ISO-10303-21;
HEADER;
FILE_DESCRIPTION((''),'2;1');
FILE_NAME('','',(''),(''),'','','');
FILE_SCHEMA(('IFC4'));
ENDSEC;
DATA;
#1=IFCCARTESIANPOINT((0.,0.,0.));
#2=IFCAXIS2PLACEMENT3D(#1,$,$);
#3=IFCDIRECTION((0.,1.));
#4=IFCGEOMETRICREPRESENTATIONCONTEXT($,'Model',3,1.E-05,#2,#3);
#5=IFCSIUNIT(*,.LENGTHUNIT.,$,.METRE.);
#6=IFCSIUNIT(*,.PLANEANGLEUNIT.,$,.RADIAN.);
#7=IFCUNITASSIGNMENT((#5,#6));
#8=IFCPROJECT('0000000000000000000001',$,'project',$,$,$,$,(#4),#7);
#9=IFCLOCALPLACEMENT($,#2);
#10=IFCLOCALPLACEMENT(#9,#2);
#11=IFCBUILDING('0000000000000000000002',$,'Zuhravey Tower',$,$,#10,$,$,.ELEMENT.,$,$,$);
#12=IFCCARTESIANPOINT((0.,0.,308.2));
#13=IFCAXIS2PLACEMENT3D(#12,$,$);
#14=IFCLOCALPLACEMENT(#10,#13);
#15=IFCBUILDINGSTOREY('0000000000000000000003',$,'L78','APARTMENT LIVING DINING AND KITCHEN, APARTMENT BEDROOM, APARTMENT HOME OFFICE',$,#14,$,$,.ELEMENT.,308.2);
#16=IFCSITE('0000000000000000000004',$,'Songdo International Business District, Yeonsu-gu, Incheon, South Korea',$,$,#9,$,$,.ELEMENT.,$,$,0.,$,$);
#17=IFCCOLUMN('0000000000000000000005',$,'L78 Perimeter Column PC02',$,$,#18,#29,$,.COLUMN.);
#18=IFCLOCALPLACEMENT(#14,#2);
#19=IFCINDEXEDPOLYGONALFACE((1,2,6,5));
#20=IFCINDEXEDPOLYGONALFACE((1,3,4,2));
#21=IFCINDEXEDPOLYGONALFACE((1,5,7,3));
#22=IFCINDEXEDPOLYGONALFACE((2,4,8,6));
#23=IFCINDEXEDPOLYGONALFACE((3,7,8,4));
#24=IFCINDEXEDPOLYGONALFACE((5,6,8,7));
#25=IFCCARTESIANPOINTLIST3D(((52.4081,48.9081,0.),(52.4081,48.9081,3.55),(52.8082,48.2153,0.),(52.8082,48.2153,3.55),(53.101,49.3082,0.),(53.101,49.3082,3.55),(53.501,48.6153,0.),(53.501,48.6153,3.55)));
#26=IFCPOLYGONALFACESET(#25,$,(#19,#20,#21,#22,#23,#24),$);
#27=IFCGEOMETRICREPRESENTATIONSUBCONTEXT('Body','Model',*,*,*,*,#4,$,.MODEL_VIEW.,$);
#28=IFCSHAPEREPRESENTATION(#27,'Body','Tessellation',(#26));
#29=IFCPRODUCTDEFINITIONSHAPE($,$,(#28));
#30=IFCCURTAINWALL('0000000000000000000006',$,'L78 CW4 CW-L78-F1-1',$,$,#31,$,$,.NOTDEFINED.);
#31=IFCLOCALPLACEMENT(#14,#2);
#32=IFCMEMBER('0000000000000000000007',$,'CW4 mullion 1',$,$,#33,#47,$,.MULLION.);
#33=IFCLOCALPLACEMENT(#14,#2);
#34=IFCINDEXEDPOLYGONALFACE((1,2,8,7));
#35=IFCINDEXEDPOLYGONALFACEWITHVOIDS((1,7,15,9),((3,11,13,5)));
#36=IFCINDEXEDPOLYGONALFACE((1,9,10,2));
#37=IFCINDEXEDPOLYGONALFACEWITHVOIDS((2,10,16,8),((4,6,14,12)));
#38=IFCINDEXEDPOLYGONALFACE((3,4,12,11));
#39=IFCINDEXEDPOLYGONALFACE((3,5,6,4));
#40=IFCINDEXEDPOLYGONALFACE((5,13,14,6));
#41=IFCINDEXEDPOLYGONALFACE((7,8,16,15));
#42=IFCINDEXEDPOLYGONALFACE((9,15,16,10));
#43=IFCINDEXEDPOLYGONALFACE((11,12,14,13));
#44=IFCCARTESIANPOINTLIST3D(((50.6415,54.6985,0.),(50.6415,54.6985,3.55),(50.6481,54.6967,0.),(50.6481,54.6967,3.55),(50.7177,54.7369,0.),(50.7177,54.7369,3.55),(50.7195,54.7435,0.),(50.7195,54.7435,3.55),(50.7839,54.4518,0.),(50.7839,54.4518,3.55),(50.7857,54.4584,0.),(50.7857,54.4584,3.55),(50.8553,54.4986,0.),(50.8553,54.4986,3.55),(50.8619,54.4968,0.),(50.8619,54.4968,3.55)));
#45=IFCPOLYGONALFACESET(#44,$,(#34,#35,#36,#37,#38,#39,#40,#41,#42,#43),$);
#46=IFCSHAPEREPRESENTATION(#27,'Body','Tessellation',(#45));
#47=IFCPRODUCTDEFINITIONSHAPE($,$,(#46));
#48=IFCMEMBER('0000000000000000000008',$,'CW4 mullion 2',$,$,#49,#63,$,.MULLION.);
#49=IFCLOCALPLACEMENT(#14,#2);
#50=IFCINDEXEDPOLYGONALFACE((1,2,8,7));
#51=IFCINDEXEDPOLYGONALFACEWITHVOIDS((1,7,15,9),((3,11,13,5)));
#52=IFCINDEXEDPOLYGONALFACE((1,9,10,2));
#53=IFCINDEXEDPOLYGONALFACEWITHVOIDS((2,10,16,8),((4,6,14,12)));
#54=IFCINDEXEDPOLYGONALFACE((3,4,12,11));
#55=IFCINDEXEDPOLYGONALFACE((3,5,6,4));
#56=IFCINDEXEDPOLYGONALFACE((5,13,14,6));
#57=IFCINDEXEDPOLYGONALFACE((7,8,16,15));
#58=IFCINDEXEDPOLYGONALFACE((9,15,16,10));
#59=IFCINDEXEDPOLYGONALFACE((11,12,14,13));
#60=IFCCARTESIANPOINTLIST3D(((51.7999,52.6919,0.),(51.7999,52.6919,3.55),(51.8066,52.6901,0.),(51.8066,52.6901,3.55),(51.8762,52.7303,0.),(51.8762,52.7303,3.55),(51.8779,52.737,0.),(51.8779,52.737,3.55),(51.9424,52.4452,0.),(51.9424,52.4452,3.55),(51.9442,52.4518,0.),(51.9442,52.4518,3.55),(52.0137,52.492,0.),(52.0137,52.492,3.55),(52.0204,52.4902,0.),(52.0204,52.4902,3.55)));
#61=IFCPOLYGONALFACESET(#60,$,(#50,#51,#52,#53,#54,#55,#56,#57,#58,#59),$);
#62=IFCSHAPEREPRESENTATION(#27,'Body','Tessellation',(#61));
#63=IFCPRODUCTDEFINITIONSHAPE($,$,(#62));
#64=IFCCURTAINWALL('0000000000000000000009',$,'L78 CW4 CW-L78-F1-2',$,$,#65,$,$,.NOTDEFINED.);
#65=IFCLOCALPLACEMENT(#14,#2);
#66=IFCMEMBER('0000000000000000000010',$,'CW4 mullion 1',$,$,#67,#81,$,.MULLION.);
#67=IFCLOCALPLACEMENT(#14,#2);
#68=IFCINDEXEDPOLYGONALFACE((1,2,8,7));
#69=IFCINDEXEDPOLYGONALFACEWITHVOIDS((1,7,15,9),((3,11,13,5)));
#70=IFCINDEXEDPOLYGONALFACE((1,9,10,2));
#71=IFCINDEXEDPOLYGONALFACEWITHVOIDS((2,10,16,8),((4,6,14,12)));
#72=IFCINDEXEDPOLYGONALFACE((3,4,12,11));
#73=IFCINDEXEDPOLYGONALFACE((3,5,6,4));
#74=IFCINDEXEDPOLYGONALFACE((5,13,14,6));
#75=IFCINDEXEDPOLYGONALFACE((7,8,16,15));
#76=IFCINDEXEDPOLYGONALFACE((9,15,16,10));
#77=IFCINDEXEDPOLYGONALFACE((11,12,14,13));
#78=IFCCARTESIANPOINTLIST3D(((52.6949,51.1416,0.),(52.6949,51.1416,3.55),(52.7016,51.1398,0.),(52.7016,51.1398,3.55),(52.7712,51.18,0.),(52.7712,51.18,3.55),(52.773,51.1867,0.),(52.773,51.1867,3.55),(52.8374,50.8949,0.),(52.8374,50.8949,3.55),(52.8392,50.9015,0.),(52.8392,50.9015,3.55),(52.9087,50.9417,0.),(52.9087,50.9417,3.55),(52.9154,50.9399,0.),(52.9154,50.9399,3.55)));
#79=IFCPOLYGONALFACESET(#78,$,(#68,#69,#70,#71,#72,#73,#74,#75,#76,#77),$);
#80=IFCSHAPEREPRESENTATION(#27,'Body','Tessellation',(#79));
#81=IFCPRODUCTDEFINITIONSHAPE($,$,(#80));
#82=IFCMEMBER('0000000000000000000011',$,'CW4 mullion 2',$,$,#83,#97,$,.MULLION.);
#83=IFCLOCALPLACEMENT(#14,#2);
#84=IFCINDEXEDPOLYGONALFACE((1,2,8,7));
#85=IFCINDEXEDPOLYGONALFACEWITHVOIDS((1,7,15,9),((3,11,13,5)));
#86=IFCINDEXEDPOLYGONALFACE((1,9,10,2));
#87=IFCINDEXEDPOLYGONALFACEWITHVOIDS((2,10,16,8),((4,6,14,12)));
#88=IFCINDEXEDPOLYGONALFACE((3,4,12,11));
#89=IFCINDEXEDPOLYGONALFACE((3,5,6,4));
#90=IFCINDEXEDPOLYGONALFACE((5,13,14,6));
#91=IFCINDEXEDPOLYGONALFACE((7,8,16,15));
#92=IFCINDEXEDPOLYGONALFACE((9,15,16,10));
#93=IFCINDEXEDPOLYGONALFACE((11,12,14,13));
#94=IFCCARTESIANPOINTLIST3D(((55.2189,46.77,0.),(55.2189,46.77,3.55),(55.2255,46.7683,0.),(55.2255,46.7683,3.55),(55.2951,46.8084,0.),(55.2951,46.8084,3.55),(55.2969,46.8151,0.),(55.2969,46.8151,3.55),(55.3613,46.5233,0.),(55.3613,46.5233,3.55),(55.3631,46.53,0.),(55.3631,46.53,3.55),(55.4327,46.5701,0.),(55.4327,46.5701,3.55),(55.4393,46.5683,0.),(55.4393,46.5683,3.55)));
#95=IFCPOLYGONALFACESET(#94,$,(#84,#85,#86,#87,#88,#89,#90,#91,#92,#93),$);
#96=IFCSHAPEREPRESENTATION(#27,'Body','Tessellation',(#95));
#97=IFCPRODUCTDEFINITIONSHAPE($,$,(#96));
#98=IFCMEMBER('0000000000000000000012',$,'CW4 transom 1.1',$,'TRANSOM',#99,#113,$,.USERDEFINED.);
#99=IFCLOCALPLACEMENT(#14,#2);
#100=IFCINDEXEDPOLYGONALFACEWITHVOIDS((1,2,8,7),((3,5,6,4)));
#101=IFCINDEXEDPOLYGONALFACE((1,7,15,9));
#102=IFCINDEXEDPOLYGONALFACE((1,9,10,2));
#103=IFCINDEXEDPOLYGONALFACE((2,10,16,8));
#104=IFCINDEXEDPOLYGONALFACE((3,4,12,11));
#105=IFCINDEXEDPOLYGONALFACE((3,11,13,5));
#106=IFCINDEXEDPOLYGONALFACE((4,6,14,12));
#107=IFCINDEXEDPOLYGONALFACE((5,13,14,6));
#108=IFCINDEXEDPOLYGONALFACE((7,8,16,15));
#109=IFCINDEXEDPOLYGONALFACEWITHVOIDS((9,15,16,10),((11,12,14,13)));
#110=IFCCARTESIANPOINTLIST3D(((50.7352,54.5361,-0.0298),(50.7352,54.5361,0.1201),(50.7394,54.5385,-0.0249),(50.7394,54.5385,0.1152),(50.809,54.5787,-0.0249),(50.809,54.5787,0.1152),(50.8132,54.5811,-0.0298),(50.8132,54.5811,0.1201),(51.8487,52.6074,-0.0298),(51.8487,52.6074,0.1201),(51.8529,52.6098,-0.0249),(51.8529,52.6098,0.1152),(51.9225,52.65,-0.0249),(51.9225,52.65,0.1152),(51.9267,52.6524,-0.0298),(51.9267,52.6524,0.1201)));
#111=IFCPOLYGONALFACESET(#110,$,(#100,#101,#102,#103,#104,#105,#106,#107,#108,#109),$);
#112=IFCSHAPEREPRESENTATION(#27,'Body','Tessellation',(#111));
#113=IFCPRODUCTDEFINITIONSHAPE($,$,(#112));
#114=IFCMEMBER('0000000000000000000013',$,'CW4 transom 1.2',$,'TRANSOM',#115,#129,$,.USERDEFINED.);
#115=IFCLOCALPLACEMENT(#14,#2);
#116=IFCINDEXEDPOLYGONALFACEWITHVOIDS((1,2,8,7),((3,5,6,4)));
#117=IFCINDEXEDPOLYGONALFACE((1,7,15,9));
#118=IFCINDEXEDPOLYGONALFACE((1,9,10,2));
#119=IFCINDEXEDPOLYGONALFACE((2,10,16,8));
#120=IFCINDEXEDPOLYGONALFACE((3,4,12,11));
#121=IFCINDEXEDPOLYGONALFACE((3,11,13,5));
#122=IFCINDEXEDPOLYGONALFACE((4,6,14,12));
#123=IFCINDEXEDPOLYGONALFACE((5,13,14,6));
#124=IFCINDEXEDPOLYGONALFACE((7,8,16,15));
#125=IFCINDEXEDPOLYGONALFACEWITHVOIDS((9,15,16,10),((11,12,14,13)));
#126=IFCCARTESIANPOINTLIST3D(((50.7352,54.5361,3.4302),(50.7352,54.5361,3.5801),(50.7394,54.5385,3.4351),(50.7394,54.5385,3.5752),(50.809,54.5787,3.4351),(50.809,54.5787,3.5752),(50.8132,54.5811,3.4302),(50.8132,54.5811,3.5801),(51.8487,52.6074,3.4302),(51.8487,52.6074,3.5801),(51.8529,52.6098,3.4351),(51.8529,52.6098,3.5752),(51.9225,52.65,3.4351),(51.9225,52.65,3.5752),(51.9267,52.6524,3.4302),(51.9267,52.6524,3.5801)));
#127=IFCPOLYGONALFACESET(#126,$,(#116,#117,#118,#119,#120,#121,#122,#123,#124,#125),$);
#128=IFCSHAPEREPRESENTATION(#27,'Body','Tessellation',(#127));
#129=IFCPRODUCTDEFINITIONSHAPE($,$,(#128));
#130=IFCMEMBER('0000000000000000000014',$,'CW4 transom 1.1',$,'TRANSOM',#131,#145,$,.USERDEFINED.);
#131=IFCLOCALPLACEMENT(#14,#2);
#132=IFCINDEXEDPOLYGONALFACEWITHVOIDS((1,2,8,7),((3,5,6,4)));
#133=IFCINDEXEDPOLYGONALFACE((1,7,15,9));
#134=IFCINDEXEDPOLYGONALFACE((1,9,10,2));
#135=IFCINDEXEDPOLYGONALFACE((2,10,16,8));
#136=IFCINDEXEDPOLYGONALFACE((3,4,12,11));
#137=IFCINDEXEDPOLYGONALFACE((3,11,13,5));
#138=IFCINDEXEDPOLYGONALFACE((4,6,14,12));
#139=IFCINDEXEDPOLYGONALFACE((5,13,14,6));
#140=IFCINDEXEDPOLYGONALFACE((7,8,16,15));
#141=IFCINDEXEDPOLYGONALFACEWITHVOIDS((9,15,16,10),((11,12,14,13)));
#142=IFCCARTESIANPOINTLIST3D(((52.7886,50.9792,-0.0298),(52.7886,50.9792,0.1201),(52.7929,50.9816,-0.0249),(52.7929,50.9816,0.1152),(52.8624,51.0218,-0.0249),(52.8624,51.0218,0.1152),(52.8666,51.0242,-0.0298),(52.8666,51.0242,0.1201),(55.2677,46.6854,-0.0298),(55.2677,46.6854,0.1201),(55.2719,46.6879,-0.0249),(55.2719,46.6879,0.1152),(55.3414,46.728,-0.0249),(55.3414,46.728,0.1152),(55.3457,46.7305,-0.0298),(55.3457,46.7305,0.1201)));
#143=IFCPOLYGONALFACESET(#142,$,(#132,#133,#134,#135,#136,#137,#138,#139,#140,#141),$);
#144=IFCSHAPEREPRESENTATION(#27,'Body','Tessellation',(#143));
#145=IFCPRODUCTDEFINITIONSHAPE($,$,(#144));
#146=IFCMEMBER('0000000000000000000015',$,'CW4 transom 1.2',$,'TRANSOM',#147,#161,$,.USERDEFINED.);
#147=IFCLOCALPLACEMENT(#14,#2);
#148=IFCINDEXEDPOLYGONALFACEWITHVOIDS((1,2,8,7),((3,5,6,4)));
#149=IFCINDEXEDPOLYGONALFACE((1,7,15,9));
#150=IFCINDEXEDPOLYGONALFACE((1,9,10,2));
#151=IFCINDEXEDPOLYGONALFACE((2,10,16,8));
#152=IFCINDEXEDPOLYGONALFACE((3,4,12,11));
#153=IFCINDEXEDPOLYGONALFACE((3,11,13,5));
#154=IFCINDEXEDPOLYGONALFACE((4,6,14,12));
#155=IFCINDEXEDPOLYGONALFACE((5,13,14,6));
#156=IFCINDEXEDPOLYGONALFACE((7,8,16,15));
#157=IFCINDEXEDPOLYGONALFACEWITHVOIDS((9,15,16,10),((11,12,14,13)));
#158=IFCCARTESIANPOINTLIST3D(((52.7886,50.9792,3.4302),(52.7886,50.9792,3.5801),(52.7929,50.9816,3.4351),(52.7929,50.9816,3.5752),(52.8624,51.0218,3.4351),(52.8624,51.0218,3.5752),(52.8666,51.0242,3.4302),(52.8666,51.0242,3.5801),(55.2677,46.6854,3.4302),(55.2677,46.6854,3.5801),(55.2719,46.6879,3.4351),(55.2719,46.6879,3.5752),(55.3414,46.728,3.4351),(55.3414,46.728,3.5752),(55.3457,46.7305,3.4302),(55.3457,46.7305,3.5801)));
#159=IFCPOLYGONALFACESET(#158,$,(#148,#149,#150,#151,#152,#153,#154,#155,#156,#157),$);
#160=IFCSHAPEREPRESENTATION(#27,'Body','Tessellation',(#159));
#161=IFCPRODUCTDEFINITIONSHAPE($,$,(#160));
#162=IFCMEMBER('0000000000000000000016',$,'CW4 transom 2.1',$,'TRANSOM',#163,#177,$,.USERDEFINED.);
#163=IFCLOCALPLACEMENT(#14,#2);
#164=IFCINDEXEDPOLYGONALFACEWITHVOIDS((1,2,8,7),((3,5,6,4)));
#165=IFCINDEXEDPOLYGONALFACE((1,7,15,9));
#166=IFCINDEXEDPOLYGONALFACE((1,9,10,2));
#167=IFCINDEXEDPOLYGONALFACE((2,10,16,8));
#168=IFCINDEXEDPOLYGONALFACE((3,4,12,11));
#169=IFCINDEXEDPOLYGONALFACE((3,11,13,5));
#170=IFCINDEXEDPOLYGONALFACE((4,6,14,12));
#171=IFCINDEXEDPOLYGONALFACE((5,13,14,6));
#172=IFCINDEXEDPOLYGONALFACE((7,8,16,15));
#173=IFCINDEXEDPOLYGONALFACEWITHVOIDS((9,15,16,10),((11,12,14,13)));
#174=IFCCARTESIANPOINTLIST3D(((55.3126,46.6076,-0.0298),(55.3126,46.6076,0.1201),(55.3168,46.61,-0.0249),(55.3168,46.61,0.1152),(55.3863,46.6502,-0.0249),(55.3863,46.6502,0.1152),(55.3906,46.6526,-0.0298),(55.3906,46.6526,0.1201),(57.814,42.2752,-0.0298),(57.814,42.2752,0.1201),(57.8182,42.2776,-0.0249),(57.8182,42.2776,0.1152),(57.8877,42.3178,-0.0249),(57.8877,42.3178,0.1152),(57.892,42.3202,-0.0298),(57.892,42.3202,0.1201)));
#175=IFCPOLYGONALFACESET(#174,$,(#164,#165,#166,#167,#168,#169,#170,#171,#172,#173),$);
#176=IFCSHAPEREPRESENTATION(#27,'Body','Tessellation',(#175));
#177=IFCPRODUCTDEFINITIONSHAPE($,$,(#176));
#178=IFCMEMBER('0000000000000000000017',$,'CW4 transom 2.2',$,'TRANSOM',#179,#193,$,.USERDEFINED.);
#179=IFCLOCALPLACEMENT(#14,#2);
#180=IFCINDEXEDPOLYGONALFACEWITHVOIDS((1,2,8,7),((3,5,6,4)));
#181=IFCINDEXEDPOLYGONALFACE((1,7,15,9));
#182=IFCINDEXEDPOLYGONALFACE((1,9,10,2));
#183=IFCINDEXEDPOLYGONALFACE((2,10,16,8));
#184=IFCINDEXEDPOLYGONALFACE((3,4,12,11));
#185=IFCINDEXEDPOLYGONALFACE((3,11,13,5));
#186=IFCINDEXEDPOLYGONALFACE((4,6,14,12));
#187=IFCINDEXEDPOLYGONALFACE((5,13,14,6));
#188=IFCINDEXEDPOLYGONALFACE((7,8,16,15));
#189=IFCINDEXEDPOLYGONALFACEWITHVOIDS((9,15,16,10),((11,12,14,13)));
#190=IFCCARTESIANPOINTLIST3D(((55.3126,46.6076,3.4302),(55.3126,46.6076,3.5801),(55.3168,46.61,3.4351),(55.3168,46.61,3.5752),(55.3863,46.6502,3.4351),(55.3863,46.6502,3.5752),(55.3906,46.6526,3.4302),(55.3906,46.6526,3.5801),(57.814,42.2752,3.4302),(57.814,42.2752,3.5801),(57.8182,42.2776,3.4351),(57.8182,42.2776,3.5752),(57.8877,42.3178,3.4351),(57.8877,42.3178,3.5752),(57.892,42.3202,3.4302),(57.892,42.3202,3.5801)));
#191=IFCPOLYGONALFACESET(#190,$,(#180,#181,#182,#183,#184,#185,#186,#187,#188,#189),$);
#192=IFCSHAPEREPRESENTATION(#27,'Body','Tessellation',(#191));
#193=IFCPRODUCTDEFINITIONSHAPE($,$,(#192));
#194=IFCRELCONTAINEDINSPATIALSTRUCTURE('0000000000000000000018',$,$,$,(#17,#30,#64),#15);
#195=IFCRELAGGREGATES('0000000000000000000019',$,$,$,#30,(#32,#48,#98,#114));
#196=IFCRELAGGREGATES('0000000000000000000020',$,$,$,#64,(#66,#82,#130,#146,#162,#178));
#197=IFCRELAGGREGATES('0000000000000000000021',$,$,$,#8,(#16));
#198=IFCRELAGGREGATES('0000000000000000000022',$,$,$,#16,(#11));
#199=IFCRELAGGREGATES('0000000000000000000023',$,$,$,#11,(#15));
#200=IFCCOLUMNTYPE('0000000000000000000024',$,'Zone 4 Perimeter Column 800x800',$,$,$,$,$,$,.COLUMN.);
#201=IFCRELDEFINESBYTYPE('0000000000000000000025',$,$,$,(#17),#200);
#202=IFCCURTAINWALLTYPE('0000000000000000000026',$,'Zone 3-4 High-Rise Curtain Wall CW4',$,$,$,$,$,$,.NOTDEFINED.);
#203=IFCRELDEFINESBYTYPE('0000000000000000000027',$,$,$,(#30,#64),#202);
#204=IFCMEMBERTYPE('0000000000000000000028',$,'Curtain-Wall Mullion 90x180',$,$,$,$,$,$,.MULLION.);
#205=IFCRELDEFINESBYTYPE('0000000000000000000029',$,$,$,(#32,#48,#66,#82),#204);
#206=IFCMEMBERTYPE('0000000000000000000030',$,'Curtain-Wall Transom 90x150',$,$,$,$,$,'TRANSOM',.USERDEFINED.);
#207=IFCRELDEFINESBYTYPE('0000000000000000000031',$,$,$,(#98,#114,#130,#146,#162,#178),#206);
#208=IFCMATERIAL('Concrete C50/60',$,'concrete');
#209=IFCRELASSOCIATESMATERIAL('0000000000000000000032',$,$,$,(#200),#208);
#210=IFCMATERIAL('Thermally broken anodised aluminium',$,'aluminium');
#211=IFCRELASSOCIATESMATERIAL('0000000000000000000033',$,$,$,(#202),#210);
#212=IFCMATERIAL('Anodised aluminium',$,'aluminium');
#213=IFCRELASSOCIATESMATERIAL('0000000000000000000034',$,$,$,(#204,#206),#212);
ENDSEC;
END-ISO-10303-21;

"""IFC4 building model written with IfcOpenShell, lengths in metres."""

from ifc_helpers import new_model, si_unit, direction, frame, origin, origin_2d, place, context, subcontext, project, spatial, rectangle, hollow_rectangle, extrude, material, material_profile, profile_set, type_object, element, aggregate, save


model = new_model("IFC4")

# Units and contexts
model_context = context("Model", 3, precision=1e-05, world=origin(), true_north=direction((0.0, 1.0)))
body_context = subcontext(model_context, "Body", "Model", "MODEL_VIEW")
ifc_project = project(units=[si_unit("LENGTHUNIT", "METRE"), si_unit("PLANEANGLEUNIT", "RADIAN")], contexts=[model_context])

# Site, building, storey
site_placement = place(None, origin())
site = spatial("IfcSite", under=ifc_project, at=site_placement, Name="Songdo International Business District, Yeonsu-gu, Incheon, South Korea", CompositionType="ELEMENT", RefElevation=0.0)
building_placement = place(site_placement, origin())
building = spatial("IfcBuilding", under=site, at=building_placement, Name="Zuhravey Tower", CompositionType="ELEMENT")
storey_placement = place(building_placement, frame((0.0, 0.0, 308.2)))
storey = spatial("IfcBuildingStorey", under=building, at=storey_placement, Name="L78", Description="APARTMENT LIVING DINING AND KITCHEN, APARTMENT BEDROOM, APARTMENT HOME OFFICE", CompositionType="ELEMENT", Elevation=308.2)

# Column
ifc_material_1 = material(Name="Concrete C50/60", Category="concrete")
ifc_material_profile_1 = material_profile(ifc_material_1, rectangle(XDim=0.8, YDim=0.8, at=origin_2d()), Name="RC-800x800")
ifc_profile_set_1 = profile_set([ifc_material_profile_1], Name="Concrete C50/60")
column_type = type_object("IfcColumnType", Name="Zone 4 Perimeter Column 800x800", PredefinedType="COLUMN", material=ifc_profile_set_1)
column_placement = place(storey_placement, frame((52.9546, 48.7617, 0.0), z_axis=(0.0, 0.0, 1.0), x_axis=(-0.5, 0.866025, 0.0)))
element("IfcColumn", 1, at=column_placement, inside=storey, type_object=column_type, Name="L78 Perimeter Column PC02", PredefinedType="COLUMN", context=body_context, shape_type="SweptSolid", body=[
    extrude(rectangle(XDim=0.8, YDim=0.8, at=origin_2d()), origin(), (0.0, 0.0, 1.0), 3.55),
])

# Curtain walls, members
ifc_material_2 = material(Name="Thermally broken anodised aluminium", Category="aluminium")
curtain_wall_type = type_object("IfcCurtainWallType", Name="Zone 3-4 High-Rise Curtain Wall CW4", PredefinedType="NOTDEFINED", material=ifc_material_2)
curtain_wall_1_placement = place(storey_placement, origin())
curtain_wall_1 = element("IfcCurtainWall", 2, at=curtain_wall_1_placement, inside=storey, type_object=curtain_wall_type, Name="L78 CW4 CW-L78-F1-1", PredefinedType="NOTDEFINED")
ifc_material_3 = material(Name="Anodised aluminium", Category="aluminium")
ifc_material_profile_2 = material_profile(ifc_material_3, hollow_rectangle(XDim=0.0901, YDim=0.2849, WallThickness=0.0049, at=origin_2d()), Name="ALU-RHS-90x285x5")
ifc_profile_set_2 = profile_set([ifc_material_profile_2], Name="Anodised aluminium")
member_type_1 = type_object("IfcMemberType", Name="Curtain-Wall Mullion 90x180", PredefinedType="MULLION", material=ifc_profile_set_2)
member_1_placement = place(storey_placement, frame((50.7517, 54.5977, 0.0), z_axis=(0.0, 0.0, 1.0), x_axis=(0.866033, 0.499986, 0.0)))
member_1 = element("IfcMember", 3, at=member_1_placement, type_object=member_type_1, Name="CW4 mullion 1", PredefinedType="MULLION", context=body_context, shape_type="SweptSolid", body=[
    extrude(hollow_rectangle(XDim=0.0901, YDim=0.2849, WallThickness=0.0049, at=origin_2d()), origin(), (0.0, 0.0, 1.0), 3.55),
])
member_2_placement = place(storey_placement, frame((51.9102, 52.5911, 0.0), z_axis=(0.0, 0.0, 1.0), x_axis=(0.866033, 0.499986, 0.0)))
member_2 = element("IfcMember", 4, at=member_2_placement, type_object=member_type_1, Name="CW4 mullion 2", PredefinedType="MULLION", context=body_context, shape_type="SweptSolid", body=[
    extrude(hollow_rectangle(XDim=0.0901, YDim=0.2849, WallThickness=0.0049, at=origin_2d()), origin(), (0.0, 0.0, 1.0), 3.55),
])
curtain_wall_2_placement = place(storey_placement, origin())
curtain_wall_2 = element("IfcCurtainWall", 5, at=curtain_wall_2_placement, inside=storey, type_object=curtain_wall_type, Name="L78 CW4 CW-L78-F1-2", PredefinedType="NOTDEFINED")
member_3_placement = place(storey_placement, frame((52.8052, 51.0408, 0.0), z_axis=(0.0, 0.0, 1.0), x_axis=(0.866024, 0.500003, 0.0)))
member_3 = element("IfcMember", 6, at=member_3_placement, type_object=member_type_1, Name="CW4 mullion 1", PredefinedType="MULLION", context=body_context, shape_type="SweptSolid", body=[
    extrude(hollow_rectangle(XDim=0.0901, YDim=0.2849, WallThickness=0.0049, at=origin_2d()), origin(), (0.0, 0.0, 1.0), 3.55),
])
member_4_placement = place(storey_placement, frame((55.3291, 46.6692, 0.0), z_axis=(0.0, 0.0, 1.0), x_axis=(0.866024, 0.500003, 0.0)))
member_4 = element("IfcMember", 7, at=member_4_placement, type_object=member_type_1, Name="CW4 mullion 2", PredefinedType="MULLION", context=body_context, shape_type="SweptSolid", body=[
    extrude(hollow_rectangle(XDim=0.0901, YDim=0.2849, WallThickness=0.0049, at=origin_2d()), origin(), (0.0, 0.0, 1.0), 3.55),
])

# Members
ifc_material_profile_3 = material_profile(ifc_material_3, hollow_rectangle(XDim=0.0901, YDim=0.1499, WallThickness=0.0049, at=origin_2d()), Name="ALU-RHS-90x150x5")
ifc_profile_set_3 = profile_set([ifc_material_profile_3], Name="Anodised aluminium")
member_type_2 = type_object("IfcMemberType", Name="Curtain-Wall Transom 90x150", ElementType="TRANSOM", PredefinedType="USERDEFINED", material=ifc_profile_set_3)
member_5_placement = place(storey_placement, frame((50.7742, 54.5586, 0.0452), z_axis=(0.499994, -0.866029, 0.0), x_axis=(0.866029, 0.499994, 0.0)))
member_5 = element("IfcMember", 8, at=member_5_placement, type_object=member_type_2, Name="CW4 transom 1.1", ObjectType="TRANSOM", PredefinedType="USERDEFINED", context=body_context, shape_type="SweptSolid", body=[
    extrude(hollow_rectangle(XDim=0.0901, YDim=0.1499, WallThickness=0.0049, at=origin_2d()), origin(), (0.0, 0.0, 1.0), 2.2271),
])
member_6_placement = place(storey_placement, frame((50.7742, 54.5586, 3.5051), z_axis=(0.499994, -0.866029, 0.0), x_axis=(0.866029, 0.499994, 0.0)))
member_6 = element("IfcMember", 9, at=member_6_placement, type_object=member_type_2, Name="CW4 transom 1.2", ObjectType="TRANSOM", PredefinedType="USERDEFINED", context=body_context, shape_type="SweptSolid", body=[
    extrude(hollow_rectangle(XDim=0.0901, YDim=0.1499, WallThickness=0.0049, at=origin_2d()), origin(), (0.0, 0.0, 1.0), 2.2271),
])
member_7_placement = place(storey_placement, frame((52.8276, 51.0017, 0.0452), z_axis=(0.500005, -0.866022, 0.0), x_axis=(0.866022, 0.500005, 0.0)))
member_7 = element("IfcMember", 10, at=member_7_placement, type_object=member_type_2, Name="CW4 transom 1.1", ObjectType="TRANSOM", PredefinedType="USERDEFINED", context=body_context, shape_type="SweptSolid", body=[
    extrude(hollow_rectangle(XDim=0.0901, YDim=0.1499, WallThickness=0.0049, at=origin_2d()), origin(), (0.0, 0.0, 1.0), 4.958),
])
member_8_placement = place(storey_placement, frame((52.8276, 51.0017, 3.5051), z_axis=(0.500005, -0.866022, 0.0), x_axis=(0.866022, 0.500005, 0.0)))
member_8 = element("IfcMember", 11, at=member_8_placement, type_object=member_type_2, Name="CW4 transom 1.2", ObjectType="TRANSOM", PredefinedType="USERDEFINED", context=body_context, shape_type="SweptSolid", body=[
    extrude(hollow_rectangle(XDim=0.0901, YDim=0.1499, WallThickness=0.0049, at=origin_2d()), origin(), (0.0, 0.0, 1.0), 4.958),
])
member_9_placement = place(storey_placement, frame((55.3516, 46.6301, 0.0452), z_axis=(0.500013, -0.866018, 0.0), x_axis=(0.866018, 0.500013, 0.0)))
member_9 = element("IfcMember", 12, at=member_9_placement, type_object=member_type_2, Name="CW4 transom 2.1", ObjectType="TRANSOM", PredefinedType="USERDEFINED", context=body_context, shape_type="SweptSolid", body=[
    extrude(hollow_rectangle(XDim=0.0901, YDim=0.1499, WallThickness=0.0049, at=origin_2d()), origin(), (0.0, 0.0, 1.0), 5.0027),
])
member_10_placement = place(storey_placement, frame((55.3516, 46.6301, 3.5051), z_axis=(0.500013, -0.866018, 0.0), x_axis=(0.866018, 0.500013, 0.0)))
member_10 = element("IfcMember", 13, at=member_10_placement, type_object=member_type_2, Name="CW4 transom 2.2", ObjectType="TRANSOM", PredefinedType="USERDEFINED", context=body_context, shape_type="SweptSolid", body=[
    extrude(hollow_rectangle(XDim=0.0901, YDim=0.1499, WallThickness=0.0049, at=origin_2d()), origin(), (0.0, 0.0, 1.0), 5.0027),
])

aggregate(curtain_wall_1, [member_1, member_2, member_5, member_6])
aggregate(curtain_wall_2, [member_3, member_4, member_7, member_8, member_9, member_10])

save(model, "model.ifc")
